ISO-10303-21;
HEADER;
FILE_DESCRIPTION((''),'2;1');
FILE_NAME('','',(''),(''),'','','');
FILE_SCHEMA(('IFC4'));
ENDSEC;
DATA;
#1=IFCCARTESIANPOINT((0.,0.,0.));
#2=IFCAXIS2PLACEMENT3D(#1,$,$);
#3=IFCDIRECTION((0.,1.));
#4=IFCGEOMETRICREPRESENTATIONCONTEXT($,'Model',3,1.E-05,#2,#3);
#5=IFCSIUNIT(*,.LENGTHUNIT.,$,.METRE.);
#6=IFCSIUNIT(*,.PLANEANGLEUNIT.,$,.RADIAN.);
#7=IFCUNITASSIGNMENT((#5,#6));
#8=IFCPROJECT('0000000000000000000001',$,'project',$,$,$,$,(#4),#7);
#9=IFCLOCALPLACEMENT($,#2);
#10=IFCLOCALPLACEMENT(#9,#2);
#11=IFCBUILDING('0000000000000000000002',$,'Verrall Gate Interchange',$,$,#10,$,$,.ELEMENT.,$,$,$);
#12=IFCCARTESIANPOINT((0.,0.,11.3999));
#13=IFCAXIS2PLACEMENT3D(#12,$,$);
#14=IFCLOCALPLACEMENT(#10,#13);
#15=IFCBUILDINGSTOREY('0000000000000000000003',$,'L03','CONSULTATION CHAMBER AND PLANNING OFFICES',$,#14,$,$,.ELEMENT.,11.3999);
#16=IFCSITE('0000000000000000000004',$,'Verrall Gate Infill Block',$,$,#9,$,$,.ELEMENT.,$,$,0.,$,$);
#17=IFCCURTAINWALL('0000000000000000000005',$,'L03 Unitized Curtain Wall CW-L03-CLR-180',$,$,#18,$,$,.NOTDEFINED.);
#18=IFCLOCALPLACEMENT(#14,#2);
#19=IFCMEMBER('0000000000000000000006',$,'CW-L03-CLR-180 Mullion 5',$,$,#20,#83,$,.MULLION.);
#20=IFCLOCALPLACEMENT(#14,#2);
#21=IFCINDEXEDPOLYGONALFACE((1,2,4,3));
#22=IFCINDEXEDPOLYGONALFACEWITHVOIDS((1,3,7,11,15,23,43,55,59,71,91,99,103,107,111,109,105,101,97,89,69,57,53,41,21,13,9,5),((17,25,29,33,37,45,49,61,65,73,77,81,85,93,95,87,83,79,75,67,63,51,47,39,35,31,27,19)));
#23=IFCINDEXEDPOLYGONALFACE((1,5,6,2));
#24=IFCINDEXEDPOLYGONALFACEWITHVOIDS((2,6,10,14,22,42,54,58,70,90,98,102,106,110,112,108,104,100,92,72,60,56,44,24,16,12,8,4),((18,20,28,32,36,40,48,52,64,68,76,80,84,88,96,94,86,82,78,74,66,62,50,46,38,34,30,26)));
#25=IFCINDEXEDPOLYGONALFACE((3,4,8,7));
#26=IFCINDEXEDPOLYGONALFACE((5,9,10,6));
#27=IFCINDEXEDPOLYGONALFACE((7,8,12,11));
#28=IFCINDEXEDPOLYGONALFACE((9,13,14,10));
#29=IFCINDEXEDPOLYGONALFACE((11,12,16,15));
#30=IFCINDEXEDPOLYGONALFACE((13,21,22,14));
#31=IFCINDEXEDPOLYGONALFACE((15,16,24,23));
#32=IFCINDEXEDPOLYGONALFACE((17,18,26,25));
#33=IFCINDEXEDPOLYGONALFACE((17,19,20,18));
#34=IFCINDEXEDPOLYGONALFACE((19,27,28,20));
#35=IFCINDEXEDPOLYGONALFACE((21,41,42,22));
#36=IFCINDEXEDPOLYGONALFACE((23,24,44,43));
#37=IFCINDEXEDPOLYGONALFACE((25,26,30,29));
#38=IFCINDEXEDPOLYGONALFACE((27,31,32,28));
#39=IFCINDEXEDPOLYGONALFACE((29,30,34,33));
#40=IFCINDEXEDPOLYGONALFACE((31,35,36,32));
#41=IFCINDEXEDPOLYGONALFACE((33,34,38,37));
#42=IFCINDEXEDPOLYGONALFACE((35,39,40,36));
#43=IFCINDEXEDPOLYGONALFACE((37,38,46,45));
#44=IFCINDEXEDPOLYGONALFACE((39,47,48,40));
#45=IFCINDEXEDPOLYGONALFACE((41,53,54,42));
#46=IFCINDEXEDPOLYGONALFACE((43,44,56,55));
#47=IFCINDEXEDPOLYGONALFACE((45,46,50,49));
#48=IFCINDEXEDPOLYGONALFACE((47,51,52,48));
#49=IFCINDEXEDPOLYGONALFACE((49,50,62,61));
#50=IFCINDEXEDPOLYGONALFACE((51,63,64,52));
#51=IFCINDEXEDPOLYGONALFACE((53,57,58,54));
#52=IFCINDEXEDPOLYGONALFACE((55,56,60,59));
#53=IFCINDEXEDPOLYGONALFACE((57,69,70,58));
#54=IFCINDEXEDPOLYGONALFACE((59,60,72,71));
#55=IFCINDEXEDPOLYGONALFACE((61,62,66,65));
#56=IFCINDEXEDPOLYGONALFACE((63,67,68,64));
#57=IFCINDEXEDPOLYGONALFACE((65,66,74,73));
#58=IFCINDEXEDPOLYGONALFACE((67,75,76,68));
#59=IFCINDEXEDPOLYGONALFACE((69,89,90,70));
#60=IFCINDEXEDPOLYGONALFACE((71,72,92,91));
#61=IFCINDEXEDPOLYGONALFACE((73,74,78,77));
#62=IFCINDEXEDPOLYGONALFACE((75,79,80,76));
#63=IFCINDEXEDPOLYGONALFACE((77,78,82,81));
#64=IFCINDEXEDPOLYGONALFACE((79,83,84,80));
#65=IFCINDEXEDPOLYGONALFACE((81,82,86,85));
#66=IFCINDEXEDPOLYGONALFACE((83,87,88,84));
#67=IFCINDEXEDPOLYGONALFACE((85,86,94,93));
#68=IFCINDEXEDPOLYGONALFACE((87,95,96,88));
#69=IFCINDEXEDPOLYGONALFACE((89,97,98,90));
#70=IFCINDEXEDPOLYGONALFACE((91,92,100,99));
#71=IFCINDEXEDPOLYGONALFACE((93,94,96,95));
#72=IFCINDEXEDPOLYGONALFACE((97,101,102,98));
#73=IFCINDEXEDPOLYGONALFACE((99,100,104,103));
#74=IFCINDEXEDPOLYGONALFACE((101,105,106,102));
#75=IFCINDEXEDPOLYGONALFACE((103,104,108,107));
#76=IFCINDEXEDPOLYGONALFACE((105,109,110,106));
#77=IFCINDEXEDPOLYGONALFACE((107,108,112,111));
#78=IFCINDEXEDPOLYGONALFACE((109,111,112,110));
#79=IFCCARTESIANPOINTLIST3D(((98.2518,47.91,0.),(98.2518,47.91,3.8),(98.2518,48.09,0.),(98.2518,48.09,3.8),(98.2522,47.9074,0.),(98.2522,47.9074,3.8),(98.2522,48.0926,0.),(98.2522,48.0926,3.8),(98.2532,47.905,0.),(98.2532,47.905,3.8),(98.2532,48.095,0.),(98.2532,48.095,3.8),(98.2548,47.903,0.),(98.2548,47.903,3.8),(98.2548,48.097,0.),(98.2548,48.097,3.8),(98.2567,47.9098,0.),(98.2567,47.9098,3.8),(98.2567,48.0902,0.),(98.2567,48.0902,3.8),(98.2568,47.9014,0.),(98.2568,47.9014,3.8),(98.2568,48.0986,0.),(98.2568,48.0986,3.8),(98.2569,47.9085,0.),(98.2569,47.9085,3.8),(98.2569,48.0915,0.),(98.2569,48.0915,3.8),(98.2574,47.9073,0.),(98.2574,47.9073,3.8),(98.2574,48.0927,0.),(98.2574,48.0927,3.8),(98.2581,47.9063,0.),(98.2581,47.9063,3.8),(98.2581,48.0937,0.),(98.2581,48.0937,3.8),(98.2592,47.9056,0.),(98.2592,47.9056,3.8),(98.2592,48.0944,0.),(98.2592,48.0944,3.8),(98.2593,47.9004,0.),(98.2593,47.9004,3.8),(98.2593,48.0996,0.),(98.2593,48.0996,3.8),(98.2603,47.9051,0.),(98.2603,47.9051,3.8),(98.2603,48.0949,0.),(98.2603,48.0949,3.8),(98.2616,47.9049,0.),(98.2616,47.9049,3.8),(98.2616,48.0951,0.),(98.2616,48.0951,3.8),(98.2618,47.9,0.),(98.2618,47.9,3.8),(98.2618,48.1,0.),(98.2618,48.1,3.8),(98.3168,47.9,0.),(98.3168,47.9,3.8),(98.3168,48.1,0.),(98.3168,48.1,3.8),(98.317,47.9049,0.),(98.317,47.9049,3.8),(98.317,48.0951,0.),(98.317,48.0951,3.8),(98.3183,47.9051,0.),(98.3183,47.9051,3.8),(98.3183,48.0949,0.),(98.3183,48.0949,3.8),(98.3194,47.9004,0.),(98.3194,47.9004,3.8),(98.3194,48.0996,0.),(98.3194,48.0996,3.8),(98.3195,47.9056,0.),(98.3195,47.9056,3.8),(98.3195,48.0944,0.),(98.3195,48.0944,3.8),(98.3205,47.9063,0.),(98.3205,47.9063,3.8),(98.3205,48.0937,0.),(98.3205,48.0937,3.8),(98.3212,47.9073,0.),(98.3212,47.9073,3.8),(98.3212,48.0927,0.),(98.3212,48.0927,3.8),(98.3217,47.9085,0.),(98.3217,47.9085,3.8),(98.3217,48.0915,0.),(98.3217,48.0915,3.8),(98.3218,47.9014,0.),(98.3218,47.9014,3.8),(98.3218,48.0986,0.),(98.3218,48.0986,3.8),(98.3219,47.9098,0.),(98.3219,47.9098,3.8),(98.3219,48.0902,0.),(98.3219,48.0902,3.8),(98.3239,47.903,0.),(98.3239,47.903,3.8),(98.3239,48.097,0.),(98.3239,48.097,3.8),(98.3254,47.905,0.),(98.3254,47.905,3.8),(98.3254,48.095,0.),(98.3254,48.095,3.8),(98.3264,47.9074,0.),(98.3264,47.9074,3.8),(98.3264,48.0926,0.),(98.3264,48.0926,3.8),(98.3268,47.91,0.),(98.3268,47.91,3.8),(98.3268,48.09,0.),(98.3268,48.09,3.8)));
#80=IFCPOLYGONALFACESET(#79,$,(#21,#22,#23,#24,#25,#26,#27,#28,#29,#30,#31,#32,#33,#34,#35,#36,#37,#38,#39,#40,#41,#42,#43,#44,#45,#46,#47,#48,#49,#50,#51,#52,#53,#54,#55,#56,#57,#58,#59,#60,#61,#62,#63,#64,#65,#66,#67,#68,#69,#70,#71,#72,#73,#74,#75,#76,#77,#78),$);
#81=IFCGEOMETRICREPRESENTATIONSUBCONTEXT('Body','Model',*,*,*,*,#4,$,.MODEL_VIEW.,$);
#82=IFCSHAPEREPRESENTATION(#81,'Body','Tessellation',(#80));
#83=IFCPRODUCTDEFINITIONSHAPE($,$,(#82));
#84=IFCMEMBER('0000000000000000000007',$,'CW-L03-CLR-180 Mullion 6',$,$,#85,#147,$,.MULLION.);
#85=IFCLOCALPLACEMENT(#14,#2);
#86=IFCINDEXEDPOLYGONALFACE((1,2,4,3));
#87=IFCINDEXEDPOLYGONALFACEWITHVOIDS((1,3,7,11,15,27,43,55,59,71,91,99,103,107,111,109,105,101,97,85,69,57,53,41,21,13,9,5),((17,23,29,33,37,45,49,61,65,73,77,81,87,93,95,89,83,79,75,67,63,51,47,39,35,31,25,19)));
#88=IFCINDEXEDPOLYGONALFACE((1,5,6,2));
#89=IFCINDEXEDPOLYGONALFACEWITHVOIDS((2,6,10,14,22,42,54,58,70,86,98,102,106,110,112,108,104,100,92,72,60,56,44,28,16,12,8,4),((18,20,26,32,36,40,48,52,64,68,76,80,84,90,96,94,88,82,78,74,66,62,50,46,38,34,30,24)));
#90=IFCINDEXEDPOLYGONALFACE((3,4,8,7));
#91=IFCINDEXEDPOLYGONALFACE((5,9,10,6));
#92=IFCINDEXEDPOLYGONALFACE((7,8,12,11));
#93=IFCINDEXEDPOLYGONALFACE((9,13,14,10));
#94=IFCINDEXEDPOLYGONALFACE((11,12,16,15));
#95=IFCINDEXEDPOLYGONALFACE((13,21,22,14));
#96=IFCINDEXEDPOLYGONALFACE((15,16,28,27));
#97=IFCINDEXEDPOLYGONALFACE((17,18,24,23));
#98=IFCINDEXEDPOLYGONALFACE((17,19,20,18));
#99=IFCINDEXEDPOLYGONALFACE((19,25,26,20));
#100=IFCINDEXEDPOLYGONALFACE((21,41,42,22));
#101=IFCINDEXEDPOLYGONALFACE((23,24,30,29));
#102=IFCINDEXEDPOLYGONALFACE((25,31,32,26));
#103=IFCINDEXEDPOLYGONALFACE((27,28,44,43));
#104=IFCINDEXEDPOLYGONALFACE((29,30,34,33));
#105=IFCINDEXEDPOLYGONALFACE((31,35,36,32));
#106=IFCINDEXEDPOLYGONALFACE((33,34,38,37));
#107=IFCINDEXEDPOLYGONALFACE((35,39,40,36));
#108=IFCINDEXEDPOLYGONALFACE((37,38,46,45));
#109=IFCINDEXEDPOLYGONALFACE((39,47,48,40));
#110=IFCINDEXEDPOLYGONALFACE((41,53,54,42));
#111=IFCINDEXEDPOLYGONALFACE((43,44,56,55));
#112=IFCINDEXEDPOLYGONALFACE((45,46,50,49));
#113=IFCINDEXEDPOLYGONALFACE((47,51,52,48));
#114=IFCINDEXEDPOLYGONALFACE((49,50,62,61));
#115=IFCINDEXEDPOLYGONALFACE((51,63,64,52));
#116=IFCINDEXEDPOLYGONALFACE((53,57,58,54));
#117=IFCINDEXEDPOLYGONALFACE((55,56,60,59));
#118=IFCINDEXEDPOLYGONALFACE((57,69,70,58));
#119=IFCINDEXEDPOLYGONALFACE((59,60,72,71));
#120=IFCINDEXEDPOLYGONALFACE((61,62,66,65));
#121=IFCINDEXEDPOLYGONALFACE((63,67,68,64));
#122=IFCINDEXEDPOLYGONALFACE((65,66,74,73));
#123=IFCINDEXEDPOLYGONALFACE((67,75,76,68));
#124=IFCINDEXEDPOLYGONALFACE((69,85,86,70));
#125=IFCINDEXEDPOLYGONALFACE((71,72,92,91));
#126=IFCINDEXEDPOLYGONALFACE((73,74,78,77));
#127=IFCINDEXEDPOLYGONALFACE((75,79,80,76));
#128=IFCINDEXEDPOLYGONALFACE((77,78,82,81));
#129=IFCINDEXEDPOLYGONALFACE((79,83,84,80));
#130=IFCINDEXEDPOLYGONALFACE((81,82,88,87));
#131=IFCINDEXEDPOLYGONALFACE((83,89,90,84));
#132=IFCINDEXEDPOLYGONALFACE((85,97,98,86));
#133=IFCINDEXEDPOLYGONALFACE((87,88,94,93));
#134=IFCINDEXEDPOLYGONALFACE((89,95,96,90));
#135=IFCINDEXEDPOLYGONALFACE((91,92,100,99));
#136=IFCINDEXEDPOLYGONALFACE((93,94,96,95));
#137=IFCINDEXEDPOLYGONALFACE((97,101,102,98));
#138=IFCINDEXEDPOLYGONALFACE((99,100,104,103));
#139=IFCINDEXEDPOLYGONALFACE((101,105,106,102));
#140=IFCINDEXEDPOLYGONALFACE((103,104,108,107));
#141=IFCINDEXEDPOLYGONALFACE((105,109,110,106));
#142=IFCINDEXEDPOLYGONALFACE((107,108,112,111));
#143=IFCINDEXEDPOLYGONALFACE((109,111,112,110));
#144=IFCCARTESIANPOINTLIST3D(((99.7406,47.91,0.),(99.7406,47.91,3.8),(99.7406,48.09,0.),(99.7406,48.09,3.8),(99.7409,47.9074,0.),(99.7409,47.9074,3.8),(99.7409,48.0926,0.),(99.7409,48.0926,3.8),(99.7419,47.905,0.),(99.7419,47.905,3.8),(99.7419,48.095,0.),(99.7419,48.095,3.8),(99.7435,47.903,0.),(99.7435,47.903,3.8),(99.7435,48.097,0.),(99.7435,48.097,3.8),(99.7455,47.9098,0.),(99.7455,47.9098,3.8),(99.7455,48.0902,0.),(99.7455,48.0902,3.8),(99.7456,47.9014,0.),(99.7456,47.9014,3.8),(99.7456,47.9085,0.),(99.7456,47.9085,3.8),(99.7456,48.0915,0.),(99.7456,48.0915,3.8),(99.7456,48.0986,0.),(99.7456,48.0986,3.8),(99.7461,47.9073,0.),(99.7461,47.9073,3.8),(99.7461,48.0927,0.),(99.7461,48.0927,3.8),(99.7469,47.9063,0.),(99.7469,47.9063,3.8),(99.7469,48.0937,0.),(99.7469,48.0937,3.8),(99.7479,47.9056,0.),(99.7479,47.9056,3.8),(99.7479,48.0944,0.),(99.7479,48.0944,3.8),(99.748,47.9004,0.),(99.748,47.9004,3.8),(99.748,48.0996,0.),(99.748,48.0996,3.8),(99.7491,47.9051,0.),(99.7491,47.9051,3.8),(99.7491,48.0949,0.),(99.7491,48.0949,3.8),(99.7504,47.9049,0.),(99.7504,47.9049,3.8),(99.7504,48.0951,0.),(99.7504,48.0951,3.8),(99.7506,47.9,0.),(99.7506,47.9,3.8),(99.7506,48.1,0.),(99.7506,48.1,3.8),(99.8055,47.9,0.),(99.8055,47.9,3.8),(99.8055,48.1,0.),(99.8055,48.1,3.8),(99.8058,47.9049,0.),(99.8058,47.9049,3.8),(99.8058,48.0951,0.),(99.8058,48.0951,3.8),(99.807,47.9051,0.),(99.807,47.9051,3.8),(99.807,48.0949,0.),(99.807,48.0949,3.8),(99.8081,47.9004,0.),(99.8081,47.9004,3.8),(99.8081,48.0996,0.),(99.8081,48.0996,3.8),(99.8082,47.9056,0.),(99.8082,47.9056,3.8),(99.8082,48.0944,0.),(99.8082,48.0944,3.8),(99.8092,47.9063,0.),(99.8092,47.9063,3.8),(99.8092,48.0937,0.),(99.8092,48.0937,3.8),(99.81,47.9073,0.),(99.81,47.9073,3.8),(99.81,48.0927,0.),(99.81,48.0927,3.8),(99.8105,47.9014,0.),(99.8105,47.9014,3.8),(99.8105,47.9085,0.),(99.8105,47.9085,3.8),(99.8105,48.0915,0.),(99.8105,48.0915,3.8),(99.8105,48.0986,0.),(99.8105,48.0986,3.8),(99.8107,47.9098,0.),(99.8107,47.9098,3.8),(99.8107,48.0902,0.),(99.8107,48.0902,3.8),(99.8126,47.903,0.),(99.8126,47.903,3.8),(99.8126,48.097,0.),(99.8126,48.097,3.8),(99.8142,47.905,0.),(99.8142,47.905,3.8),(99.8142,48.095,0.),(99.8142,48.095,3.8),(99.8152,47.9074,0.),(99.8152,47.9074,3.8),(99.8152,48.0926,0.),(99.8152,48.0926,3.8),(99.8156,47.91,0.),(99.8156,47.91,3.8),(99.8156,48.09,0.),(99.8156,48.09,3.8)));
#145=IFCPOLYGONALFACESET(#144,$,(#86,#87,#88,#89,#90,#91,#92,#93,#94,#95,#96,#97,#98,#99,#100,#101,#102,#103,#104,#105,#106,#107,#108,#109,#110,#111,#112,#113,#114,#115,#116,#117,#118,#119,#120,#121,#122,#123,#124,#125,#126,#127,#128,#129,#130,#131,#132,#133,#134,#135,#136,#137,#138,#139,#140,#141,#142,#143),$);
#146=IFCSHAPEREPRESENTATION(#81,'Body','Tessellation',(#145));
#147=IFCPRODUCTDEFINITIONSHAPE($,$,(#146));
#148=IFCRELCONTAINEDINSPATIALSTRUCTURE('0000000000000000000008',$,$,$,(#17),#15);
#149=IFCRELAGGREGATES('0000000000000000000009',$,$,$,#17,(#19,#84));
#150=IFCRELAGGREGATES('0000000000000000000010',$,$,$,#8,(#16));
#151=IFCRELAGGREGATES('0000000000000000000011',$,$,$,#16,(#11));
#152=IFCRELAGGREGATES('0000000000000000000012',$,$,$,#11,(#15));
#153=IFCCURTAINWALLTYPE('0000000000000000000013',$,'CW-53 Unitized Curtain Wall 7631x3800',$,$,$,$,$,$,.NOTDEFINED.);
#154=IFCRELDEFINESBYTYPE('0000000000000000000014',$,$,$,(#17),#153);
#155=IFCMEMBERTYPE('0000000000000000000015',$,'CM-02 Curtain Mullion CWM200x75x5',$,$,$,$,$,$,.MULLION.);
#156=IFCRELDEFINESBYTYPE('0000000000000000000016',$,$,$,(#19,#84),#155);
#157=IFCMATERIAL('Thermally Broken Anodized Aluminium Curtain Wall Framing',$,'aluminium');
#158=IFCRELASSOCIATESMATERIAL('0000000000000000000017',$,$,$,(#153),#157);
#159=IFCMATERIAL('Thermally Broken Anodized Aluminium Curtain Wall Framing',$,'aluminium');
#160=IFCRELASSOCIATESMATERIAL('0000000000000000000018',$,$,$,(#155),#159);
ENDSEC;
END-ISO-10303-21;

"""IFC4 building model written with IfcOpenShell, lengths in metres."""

from ifc_helpers import new_model, si_unit, direction, frame, origin, origin_2d, place, context, subcontext, project, spatial, hollow_rectangle, extrude, material, material_profile, profile_set, type_object, element, aggregate, save


model = new_model("IFC4")

# Units and contexts
model_context = context("Model", 3, precision=1e-05, world=origin(), true_north=direction((0.0, 1.0)))
body_context = subcontext(model_context, "Body", "Model", "MODEL_VIEW")
ifc_project = project(units=[si_unit("LENGTHUNIT", "METRE"), si_unit("PLANEANGLEUNIT", "RADIAN")], contexts=[model_context])

# Site, building, storey
site_placement = place(None, origin())
site = spatial("IfcSite", under=ifc_project, at=site_placement, Name="Verrall Gate Infill Block", CompositionType="ELEMENT", RefElevation=0.0)
building_placement = place(site_placement, origin())
building = spatial("IfcBuilding", under=site, at=building_placement, Name="Verrall Gate Interchange", CompositionType="ELEMENT")
storey_placement = place(building_placement, frame((0.0, 0.0, 11.3999)))
storey = spatial("IfcBuildingStorey", under=building, at=storey_placement, Name="L03", Description="CONSULTATION CHAMBER AND PLANNING OFFICES", CompositionType="ELEMENT", Elevation=11.3999)

# Curtain wall, members
ifc_material_1 = material(Name="Thermally Broken Anodized Aluminium Curtain Wall Framing", Category="aluminium")
curtain_wall_type = type_object("IfcCurtainWallType", Name="CW-53 Unitized Curtain Wall 7631x3800", PredefinedType="NOTDEFINED", material=ifc_material_1)
curtain_wall_1_placement = place(storey_placement, origin())
curtain_wall_1 = element("IfcCurtainWall", 1, at=curtain_wall_1_placement, inside=storey, type_object=curtain_wall_type, Name="L03 Unitized Curtain Wall CW-L03-CLR-180", PredefinedType="NOTDEFINED")
ifc_material_2 = material(Name="Thermally Broken Anodized Aluminium Curtain Wall Framing", Category="aluminium")
ifc_material_profile_1 = material_profile(ifc_material_2, hollow_rectangle(XDim=0.075, YDim=0.2, WallThickness=0.0049, InnerFilletRadius=0.0049, OuterFilletRadius=0.01, at=origin_2d()), Name="CWM200x75x5")
ifc_profile_set_1 = profile_set([ifc_material_profile_1], Name="Thermally Broken Anodized Aluminium Curtain Wall Framing")
member_type_1 = type_object("IfcMemberType", Name="CM-02 Curtain Mullion CWM200x75x5", PredefinedType="MULLION", material=ifc_profile_set_1)
member_1_placement = place(storey_placement, frame((98.2893, 48.0, 0.0), z_axis=(0.0, 0.0, 1.0), x_axis=(1.0, 0.0, 0.0)))
member_1 = element("IfcMember", 2, at=member_1_placement, type_object=member_type_1, Name="CW-L03-CLR-180 Mullion 5", PredefinedType="MULLION", context=body_context, shape_type="SweptSolid", body=[
    extrude(hollow_rectangle(XDim=0.075, YDim=0.2, WallThickness=0.0049, InnerFilletRadius=0.0049, OuterFilletRadius=0.01, at=origin_2d()), origin(), (0.0, 0.0, 1.0), 3.8),
])
member_2_placement = place(storey_placement, frame((99.7781, 48.0, 0.0), z_axis=(0.0, 0.0, 1.0), x_axis=(1.0, 0.0, 0.0)))
member_2 = element("IfcMember", 3, at=member_2_placement, type_object=member_type_1, Name="CW-L03-CLR-180 Mullion 6", PredefinedType="MULLION", context=body_context, shape_type="SweptSolid", body=[
    extrude(hollow_rectangle(XDim=0.075, YDim=0.2, WallThickness=0.0049, InnerFilletRadius=0.0049, OuterFilletRadius=0.01, at=origin_2d()), origin(), (0.0, 0.0, 1.0), 3.8),
])

aggregate(curtain_wall_1, [member_1, member_2])

save(model, "model.ifc")
